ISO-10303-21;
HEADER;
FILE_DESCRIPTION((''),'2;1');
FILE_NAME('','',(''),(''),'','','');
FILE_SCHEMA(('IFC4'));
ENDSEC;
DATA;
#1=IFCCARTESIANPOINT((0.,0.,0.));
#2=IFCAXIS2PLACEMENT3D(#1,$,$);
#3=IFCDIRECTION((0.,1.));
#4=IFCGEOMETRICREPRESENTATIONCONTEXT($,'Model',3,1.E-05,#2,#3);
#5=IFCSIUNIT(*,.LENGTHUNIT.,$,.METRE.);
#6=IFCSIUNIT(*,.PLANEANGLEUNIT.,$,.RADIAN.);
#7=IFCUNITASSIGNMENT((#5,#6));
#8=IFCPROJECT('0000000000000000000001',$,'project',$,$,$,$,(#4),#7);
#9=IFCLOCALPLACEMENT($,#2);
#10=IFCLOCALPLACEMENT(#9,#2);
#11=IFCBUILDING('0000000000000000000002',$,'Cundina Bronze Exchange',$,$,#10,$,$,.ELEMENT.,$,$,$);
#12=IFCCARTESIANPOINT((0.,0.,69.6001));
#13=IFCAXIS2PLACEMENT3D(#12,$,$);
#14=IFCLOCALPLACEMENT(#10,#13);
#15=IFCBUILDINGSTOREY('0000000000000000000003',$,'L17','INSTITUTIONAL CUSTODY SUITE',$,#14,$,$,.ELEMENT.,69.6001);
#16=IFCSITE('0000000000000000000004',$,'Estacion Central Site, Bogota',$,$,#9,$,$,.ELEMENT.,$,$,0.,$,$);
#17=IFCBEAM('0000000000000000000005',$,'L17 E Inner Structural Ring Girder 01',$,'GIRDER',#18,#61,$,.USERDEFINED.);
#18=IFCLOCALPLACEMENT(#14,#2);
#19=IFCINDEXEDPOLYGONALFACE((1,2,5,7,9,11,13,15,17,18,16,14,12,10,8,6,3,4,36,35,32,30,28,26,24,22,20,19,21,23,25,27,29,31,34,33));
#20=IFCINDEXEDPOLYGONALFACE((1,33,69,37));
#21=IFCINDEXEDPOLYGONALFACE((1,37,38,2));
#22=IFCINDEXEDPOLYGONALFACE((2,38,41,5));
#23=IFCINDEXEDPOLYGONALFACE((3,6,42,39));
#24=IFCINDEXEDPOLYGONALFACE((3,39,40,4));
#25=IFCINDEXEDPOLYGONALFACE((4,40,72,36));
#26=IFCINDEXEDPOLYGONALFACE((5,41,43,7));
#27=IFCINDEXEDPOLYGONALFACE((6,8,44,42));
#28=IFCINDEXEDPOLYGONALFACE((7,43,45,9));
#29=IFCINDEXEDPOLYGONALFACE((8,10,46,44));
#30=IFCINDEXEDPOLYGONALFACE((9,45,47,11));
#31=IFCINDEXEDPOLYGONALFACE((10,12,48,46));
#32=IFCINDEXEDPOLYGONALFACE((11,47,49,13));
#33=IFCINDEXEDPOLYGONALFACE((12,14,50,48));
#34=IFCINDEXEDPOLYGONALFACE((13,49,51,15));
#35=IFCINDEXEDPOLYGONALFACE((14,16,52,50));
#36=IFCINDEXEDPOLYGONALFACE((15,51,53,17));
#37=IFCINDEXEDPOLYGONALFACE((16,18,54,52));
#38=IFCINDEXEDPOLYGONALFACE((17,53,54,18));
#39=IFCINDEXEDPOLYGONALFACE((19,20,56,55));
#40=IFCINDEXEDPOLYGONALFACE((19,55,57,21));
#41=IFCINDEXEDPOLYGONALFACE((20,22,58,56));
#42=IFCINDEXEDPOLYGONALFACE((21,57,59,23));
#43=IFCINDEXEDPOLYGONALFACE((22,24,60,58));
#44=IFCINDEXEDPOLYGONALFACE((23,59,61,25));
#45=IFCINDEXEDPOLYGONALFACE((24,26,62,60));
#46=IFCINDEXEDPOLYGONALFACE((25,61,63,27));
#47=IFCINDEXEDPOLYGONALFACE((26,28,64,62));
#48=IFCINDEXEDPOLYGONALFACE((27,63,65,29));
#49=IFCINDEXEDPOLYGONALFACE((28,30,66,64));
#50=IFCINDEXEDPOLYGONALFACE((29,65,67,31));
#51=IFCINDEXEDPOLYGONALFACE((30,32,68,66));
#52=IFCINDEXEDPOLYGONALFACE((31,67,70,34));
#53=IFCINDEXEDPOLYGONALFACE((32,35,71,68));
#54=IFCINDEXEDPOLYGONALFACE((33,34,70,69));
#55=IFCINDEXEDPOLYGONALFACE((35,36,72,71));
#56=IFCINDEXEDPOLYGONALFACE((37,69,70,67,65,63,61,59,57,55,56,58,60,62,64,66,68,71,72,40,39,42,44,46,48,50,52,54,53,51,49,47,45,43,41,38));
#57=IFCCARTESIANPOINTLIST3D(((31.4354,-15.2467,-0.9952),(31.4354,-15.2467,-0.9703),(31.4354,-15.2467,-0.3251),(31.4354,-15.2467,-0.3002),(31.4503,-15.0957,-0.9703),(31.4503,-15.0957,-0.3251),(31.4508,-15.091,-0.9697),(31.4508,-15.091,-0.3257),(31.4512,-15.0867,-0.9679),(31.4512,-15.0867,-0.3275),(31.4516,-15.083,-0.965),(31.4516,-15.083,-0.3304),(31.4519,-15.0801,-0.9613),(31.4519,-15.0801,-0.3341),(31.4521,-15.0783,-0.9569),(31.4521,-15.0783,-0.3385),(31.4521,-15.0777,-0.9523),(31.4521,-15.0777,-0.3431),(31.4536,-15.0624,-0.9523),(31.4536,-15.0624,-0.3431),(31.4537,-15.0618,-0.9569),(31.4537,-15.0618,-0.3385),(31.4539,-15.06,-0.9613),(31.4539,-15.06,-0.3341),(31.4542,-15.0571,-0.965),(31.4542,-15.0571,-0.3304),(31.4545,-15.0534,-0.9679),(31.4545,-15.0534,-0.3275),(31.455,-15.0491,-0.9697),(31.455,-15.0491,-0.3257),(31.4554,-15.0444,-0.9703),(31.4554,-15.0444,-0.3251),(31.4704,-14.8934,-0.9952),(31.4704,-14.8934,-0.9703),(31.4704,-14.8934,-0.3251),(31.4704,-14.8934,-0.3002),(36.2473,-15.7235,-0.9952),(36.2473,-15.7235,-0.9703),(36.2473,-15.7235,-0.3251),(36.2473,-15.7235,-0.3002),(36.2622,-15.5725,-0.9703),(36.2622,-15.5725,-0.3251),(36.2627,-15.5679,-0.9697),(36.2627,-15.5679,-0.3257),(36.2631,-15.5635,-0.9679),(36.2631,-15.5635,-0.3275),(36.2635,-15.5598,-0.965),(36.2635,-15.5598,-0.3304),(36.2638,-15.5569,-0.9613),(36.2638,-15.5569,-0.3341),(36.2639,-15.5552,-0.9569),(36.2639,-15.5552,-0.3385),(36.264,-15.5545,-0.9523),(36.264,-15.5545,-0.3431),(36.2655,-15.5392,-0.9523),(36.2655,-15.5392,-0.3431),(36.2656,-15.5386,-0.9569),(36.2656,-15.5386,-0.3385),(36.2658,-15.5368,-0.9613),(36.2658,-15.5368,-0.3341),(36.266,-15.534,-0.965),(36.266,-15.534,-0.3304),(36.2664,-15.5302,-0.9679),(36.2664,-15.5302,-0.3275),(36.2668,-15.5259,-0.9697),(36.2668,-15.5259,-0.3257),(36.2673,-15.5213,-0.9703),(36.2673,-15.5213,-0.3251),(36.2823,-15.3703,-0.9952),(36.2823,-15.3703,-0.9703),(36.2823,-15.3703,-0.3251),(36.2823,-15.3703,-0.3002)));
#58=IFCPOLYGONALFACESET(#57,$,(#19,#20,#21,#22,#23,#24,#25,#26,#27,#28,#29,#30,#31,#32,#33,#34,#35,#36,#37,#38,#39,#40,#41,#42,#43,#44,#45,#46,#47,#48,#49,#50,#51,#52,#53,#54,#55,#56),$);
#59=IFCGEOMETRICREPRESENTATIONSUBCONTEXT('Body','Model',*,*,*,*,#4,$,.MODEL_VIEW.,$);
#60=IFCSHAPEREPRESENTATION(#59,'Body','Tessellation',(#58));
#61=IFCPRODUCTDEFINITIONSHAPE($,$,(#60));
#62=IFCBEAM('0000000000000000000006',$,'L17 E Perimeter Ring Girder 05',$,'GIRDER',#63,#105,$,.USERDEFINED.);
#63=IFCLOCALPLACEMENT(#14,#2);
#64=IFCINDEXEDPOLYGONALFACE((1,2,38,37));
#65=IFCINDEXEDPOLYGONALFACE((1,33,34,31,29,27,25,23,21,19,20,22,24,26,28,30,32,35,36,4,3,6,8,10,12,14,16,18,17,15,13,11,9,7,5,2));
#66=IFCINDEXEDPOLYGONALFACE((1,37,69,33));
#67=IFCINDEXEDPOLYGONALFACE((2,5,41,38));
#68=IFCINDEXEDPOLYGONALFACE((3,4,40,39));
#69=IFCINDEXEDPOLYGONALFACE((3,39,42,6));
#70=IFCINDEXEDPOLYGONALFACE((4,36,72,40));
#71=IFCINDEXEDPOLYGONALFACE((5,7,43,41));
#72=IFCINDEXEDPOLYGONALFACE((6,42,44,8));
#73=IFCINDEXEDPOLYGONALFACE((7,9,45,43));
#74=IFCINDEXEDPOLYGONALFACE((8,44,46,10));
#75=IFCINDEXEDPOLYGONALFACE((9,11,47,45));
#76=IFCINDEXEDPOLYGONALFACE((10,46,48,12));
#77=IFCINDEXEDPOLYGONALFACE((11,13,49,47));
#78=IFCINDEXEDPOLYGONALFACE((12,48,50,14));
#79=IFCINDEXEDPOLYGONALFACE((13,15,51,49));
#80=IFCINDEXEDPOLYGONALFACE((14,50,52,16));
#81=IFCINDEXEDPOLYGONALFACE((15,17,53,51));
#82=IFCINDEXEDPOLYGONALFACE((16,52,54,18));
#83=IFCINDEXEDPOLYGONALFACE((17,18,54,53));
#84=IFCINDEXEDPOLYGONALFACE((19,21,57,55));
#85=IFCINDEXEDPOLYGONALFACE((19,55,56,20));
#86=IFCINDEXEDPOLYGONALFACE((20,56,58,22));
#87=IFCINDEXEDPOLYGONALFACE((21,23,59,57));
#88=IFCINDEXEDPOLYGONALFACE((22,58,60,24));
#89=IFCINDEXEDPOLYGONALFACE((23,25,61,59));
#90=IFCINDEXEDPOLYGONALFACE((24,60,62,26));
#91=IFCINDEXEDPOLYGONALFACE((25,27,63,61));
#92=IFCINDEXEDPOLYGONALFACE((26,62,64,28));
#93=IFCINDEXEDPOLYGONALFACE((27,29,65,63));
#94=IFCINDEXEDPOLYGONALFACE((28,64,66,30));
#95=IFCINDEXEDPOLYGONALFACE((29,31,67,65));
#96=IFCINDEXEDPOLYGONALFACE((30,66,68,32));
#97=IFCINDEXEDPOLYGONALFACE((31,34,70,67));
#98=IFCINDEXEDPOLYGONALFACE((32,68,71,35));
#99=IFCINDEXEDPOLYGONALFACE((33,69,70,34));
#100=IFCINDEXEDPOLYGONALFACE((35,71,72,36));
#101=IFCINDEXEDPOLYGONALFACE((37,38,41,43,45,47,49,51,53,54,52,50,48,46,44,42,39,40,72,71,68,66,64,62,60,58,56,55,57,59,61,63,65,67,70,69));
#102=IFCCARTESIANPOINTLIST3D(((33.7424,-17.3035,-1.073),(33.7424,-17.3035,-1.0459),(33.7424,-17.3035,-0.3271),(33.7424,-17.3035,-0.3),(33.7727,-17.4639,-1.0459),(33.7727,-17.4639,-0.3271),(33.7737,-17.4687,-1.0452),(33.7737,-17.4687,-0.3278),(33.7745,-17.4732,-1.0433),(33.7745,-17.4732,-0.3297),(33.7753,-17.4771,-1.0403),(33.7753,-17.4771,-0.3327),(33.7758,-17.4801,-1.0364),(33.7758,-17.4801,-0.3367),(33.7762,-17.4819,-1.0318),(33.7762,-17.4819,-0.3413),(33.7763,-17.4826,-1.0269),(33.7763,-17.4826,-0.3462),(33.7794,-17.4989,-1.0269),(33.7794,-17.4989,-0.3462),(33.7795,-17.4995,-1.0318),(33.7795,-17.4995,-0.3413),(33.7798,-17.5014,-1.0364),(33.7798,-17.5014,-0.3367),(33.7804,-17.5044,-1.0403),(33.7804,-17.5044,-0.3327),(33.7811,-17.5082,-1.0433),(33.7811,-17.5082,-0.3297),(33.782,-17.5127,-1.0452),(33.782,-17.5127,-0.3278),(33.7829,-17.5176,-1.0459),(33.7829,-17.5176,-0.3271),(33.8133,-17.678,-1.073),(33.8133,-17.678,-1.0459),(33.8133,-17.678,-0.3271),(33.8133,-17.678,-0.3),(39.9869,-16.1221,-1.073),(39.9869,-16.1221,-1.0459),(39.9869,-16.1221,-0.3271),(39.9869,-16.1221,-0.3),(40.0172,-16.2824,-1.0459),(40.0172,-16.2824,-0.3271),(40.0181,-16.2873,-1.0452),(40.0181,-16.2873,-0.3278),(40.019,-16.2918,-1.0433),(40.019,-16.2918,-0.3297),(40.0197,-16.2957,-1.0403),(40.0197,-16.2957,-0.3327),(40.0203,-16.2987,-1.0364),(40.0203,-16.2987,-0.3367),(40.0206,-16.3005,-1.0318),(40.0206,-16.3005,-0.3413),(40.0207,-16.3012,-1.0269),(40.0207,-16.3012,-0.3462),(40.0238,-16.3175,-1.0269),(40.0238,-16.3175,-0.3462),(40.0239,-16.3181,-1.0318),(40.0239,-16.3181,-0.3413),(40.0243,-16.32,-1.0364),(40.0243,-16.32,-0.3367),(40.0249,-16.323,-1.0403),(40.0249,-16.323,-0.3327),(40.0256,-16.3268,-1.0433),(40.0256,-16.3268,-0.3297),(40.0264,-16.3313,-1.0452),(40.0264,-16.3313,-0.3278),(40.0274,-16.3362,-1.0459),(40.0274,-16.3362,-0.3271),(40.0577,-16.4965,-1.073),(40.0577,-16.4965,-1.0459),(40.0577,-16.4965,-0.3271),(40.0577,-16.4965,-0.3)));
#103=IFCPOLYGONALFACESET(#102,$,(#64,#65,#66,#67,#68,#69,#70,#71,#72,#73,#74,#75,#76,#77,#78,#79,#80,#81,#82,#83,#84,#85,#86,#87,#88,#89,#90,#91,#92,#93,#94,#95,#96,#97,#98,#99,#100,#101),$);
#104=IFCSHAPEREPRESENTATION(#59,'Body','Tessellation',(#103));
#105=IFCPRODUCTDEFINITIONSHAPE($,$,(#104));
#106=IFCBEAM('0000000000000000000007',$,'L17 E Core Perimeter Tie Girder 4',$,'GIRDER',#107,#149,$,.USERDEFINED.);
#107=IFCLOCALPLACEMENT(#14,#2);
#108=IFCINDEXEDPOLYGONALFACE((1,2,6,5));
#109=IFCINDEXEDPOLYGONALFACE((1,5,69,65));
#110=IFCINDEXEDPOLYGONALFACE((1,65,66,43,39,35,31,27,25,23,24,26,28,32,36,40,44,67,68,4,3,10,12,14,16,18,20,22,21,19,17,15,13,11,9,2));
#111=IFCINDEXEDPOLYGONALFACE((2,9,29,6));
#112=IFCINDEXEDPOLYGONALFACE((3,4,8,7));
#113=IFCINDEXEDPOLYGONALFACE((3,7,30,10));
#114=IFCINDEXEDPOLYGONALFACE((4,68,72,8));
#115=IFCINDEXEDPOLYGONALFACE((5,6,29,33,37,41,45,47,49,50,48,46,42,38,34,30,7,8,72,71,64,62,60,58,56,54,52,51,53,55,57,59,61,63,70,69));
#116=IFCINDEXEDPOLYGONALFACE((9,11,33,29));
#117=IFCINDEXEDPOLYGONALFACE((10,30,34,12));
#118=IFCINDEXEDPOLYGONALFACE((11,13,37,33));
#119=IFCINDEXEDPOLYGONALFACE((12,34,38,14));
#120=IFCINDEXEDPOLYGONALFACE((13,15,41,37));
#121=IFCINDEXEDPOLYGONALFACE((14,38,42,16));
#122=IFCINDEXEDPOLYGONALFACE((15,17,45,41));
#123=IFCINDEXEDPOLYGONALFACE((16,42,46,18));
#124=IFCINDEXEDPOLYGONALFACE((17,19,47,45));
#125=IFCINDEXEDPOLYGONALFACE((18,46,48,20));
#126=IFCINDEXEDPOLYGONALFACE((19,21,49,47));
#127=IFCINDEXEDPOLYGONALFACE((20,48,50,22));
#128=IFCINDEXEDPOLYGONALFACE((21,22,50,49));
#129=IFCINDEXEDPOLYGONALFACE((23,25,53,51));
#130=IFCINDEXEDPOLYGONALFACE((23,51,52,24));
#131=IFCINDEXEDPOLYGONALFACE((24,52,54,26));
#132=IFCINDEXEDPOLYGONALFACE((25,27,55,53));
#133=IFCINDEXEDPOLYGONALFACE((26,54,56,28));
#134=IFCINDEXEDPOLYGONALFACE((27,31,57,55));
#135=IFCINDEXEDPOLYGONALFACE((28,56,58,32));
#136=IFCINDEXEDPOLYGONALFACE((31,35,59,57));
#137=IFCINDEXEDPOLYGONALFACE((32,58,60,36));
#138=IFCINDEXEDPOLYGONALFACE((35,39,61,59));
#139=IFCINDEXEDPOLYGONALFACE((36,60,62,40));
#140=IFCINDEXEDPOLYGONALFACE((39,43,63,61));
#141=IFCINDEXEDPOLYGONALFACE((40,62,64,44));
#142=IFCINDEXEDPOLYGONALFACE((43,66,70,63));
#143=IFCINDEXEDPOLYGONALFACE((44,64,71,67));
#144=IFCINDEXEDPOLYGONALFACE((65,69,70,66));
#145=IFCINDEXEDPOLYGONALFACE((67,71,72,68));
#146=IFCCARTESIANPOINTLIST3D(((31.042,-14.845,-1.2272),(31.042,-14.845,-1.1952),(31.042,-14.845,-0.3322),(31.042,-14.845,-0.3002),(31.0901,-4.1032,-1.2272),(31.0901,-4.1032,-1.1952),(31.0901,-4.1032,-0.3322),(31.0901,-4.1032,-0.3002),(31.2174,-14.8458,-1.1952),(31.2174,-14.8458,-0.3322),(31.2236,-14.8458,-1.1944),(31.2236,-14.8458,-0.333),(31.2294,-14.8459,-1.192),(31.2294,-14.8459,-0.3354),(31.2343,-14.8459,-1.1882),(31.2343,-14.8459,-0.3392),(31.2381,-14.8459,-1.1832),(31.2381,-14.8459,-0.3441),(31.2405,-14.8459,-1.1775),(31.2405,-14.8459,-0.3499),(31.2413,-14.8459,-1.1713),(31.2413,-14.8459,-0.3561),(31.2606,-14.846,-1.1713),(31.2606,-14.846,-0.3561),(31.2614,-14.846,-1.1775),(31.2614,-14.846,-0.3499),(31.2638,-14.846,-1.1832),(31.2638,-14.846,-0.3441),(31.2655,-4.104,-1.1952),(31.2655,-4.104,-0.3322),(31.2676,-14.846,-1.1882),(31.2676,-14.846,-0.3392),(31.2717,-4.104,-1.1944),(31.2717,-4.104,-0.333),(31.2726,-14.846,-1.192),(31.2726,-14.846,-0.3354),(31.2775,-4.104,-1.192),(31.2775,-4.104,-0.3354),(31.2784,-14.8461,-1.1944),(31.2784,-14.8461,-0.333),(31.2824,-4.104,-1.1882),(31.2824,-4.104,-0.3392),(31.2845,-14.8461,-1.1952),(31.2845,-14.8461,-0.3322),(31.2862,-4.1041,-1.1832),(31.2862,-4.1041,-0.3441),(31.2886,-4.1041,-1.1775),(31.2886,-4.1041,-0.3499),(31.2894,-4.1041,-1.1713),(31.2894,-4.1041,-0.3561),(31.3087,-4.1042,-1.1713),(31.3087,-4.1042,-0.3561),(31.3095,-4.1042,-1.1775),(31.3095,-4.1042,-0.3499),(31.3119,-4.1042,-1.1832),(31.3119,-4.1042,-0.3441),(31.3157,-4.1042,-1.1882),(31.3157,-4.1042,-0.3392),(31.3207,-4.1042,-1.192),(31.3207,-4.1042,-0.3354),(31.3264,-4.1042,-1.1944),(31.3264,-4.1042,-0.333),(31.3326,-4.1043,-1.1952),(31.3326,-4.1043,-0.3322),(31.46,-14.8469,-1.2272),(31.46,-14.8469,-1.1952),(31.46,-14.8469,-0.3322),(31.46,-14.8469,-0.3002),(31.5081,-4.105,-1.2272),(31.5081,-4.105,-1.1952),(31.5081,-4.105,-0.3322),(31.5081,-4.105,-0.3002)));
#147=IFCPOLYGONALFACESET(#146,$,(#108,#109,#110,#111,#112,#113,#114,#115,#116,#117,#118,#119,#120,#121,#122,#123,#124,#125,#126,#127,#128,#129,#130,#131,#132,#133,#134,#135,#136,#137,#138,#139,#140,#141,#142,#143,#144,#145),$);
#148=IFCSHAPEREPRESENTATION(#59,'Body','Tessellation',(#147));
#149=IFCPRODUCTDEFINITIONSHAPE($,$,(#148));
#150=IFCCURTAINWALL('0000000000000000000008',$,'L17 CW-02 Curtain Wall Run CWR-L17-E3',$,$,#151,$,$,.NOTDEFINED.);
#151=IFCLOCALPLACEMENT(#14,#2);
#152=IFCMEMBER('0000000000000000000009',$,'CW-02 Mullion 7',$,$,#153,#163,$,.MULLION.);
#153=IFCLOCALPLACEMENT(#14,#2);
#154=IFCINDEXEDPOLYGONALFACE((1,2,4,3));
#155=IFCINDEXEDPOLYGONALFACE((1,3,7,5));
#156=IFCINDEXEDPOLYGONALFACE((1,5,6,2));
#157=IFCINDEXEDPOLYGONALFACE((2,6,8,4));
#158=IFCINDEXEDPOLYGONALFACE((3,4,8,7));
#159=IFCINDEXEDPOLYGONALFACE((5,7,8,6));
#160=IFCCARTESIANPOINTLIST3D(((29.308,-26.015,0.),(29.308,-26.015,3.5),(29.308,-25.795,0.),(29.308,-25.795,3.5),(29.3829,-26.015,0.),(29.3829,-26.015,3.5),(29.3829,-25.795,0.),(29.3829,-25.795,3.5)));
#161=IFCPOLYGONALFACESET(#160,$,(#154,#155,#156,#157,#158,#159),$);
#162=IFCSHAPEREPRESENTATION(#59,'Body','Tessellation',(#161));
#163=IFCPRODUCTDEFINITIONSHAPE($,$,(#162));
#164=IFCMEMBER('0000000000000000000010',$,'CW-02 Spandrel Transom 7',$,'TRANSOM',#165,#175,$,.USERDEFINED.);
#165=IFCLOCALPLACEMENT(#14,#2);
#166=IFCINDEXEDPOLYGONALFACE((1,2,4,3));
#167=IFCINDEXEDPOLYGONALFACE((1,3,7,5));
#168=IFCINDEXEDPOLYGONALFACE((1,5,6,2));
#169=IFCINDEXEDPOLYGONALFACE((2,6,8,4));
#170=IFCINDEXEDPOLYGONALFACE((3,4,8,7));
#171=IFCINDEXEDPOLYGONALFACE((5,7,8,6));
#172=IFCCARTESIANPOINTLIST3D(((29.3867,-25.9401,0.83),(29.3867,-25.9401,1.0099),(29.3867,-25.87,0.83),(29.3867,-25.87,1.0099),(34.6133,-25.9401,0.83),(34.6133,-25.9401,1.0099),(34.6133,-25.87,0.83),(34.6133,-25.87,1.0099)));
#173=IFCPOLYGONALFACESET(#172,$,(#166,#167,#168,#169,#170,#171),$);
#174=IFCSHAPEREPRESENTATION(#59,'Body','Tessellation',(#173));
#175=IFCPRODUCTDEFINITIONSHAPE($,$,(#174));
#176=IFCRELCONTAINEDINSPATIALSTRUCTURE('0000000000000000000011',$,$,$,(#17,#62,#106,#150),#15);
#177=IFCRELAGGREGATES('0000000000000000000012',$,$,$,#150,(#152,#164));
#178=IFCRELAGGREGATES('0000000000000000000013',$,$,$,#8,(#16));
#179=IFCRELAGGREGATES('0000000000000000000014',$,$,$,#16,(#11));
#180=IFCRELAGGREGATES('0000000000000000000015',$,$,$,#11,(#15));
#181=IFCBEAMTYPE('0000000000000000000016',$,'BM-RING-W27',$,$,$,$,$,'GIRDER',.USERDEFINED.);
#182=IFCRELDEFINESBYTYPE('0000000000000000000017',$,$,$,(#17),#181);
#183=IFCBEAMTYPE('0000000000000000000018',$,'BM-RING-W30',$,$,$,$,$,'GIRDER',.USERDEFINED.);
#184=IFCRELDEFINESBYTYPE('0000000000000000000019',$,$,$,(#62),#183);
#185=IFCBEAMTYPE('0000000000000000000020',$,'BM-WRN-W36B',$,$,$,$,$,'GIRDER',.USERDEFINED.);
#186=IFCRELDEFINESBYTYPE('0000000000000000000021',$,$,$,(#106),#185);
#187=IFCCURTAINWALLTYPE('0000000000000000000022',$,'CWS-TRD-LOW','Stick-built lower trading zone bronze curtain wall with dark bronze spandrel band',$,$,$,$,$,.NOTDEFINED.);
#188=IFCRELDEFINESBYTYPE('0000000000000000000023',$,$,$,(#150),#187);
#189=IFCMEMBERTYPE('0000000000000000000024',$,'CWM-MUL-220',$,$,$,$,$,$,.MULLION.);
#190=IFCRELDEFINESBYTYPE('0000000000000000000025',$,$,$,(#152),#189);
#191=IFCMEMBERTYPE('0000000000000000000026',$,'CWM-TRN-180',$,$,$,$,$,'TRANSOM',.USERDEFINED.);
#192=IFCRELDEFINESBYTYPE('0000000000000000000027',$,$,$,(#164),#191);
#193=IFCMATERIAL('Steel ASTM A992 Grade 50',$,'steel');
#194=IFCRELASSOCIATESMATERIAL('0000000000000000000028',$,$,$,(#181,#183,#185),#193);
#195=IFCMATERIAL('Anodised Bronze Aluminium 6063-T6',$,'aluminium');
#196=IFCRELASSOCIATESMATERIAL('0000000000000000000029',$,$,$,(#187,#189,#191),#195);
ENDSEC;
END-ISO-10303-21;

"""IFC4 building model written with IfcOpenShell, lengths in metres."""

from ifc_helpers import new_model, si_unit, direction, frame, origin, origin_2d, place, context, subcontext, project, spatial, rectangle, i_section, extrude, material, material_profile, profile_set, type_object, element, aggregate, save


model = new_model("IFC4")

# Units and contexts
model_context = context("Model", 3, precision=1e-05, world=origin(), true_north=direction((0.0, 1.0)))
body_context = subcontext(model_context, "Body", "Model", "MODEL_VIEW")
ifc_project = project(units=[si_unit("LENGTHUNIT", "METRE"), si_unit("PLANEANGLEUNIT", "RADIAN")], contexts=[model_context])

# Site, building, storey
site_placement = place(None, origin())
site = spatial("IfcSite", under=ifc_project, at=site_placement, Name="Estacion Central Site, Bogota", CompositionType="ELEMENT", RefElevation=0.0)
building_placement = place(site_placement, origin())
building = spatial("IfcBuilding", under=site, at=building_placement, Name="Cundina Bronze Exchange", CompositionType="ELEMENT")
storey_placement = place(building_placement, frame((0.0, 0.0, 69.6001)))
storey = spatial("IfcBuildingStorey", under=building, at=storey_placement, Name="L17", Description="INSTITUTIONAL CUSTODY SUITE", CompositionType="ELEMENT", Elevation=69.6001)

# Shared definitions
ifc_material_1 = material(Name="Steel ASTM A992 Grade 50", Category="steel")

# Beams
ifc_material_profile_1 = material_profile(ifc_material_1, i_section(OverallWidth=0.355, OverallDepth=0.6951, WebThickness=0.0154, FlangeThickness=0.0249, FilletRadius=0.0181, at=origin_2d()), Name="W27X146", Category="steel")
ifc_profile_set_1 = profile_set([ifc_material_profile_1], Name="Steel ASTM A992 Grade 50")
beam_type_1 = type_object("IfcBeamType", Name="BM-RING-W27", ElementType="GIRDER", PredefinedType="USERDEFINED", material=ifc_profile_set_1)
beam_1_placement = place(storey_placement, frame((31.4529, -15.0701, -0.6477), z_axis=(0.995126, -0.098609, 0.0), x_axis=(0.098609, 0.995126, 0.0)))
element("IfcBeam", 1, at=beam_1_placement, inside=storey, type_object=beam_type_1, Name="L17 E Inner Structural Ring Girder 01", ObjectType="GIRDER", PredefinedType="USERDEFINED", context=body_context, shape_type="SweptSolid", body=[
    extrude(i_section(OverallWidth=0.355, OverallDepth=0.6951, WebThickness=0.0154, FlangeThickness=0.0249, FilletRadius=0.0181, at=origin_2d()), origin(), (0.0, 0.0, 1.0), 4.8354),
])
ifc_material_profile_2 = material_profile(ifc_material_1, i_section(OverallWidth=0.3811, OverallDepth=0.7729, WebThickness=0.0166, FlangeThickness=0.0271, FilletRadius=0.019, at=origin_2d()), Name="W30X173", Category="steel")
ifc_profile_set_2 = profile_set([ifc_material_profile_2], Name="Steel ASTM A992 Grade 50")
beam_type_2 = type_object("IfcBeamType", Name="BM-RING-W30", ElementType="GIRDER", PredefinedType="USERDEFINED", material=ifc_profile_set_2)
beam_2_placement = place(storey_placement, frame((33.7778, -17.4907, -0.6865), z_axis=(0.982569, 0.185896, 0.0), x_axis=(-0.185896, 0.982569, 0.0)))
element("IfcBeam", 2, at=beam_2_placement, inside=storey, type_object=beam_type_2, Name="L17 E Perimeter Ring Girder 05", ObjectType="GIRDER", PredefinedType="USERDEFINED", context=body_context, shape_type="SweptSolid", body=[
    extrude(i_section(OverallWidth=0.3811, OverallDepth=0.7729, WebThickness=0.0166, FlangeThickness=0.0271, FilletRadius=0.019, at=origin_2d()), origin(), (0.0, 0.0, 1.0), 6.3552),
])
ifc_material_profile_3 = material_profile(ifc_material_1, i_section(OverallWidth=0.418, OverallDepth=0.927, WebThickness=0.0193, FlangeThickness=0.032, FilletRadius=0.0239, at=origin_2d()), Name="W36X231", Category="steel")
ifc_profile_set_3 = profile_set([ifc_material_profile_3], Name="Steel ASTM A992 Grade 50")
beam_type_3 = type_object("IfcBeamType", Name="BM-WRN-W36B", ElementType="GIRDER", PredefinedType="USERDEFINED", material=ifc_profile_set_3)
beam_3_placement = place(storey_placement, frame((31.251, -14.8459, -0.7637), z_axis=(0.004477, 0.99999, 0.0), x_axis=(-0.99999, 0.004477, 0.0)))
element("IfcBeam", 3, at=beam_3_placement, inside=storey, type_object=beam_type_3, Name="L17 E Core Perimeter Tie Girder 4", ObjectType="GIRDER", PredefinedType="USERDEFINED", context=body_context, shape_type="SweptSolid", body=[
    extrude(i_section(OverallWidth=0.418, OverallDepth=0.927, WebThickness=0.0193, FlangeThickness=0.032, FilletRadius=0.0239, at=origin_2d()), origin(), (0.0, 0.0, 1.0), 10.7419),
])

# Curtain wall, members
ifc_material_2 = material(Name="Anodised Bronze Aluminium 6063-T6", Category="aluminium")
curtain_wall_type = type_object("IfcCurtainWallType", Name="CWS-TRD-LOW", Description="Stick-built lower trading zone bronze curtain wall with dark bronze spandrel band", PredefinedType="NOTDEFINED", material=ifc_material_2)
curtain_wall_placement = place(storey_placement, origin())
curtain_wall = element("IfcCurtainWall", 4, at=curtain_wall_placement, inside=storey, type_object=curtain_wall_type, Name="L17 CW-02 Curtain Wall Run CWR-L17-E3", PredefinedType="NOTDEFINED")
ifc_material_profile_4 = material_profile(ifc_material_2, rectangle(XDim=0.075, YDim=0.22, at=origin_2d()), Name="AL75X220", Category="aluminium")
ifc_profile_set_4 = profile_set([ifc_material_profile_4], Name="Anodised Bronze Aluminium 6063-T6")
member_type_1 = type_object("IfcMemberType", Name="CWM-MUL-220", PredefinedType="MULLION", material=ifc_profile_set_4)
member_1_placement = place(storey_placement, frame((29.3455, -25.905, 0.0), z_axis=(0.0, 0.0, 1.0), x_axis=(1.0, 0.0, 0.0)))
member_1 = element("IfcMember", 5, at=member_1_placement, type_object=member_type_1, Name="CW-02 Mullion 7", PredefinedType="MULLION", context=body_context, shape_type="SweptSolid", body=[
    extrude(rectangle(XDim=0.075, YDim=0.22, at=origin_2d()), origin(), (0.0, 0.0, 1.0), 3.5),
])
ifc_material_profile_5 = material_profile(ifc_material_2, rectangle(XDim=0.0701, YDim=0.1799, at=origin_2d()), Name="AL70X180", Category="aluminium")
ifc_profile_set_5 = profile_set([ifc_material_profile_5], Name="Anodised Bronze Aluminium 6063-T6")
member_type_2 = type_object("IfcMemberType", Name="CWM-TRN-180", ElementType="TRANSOM", PredefinedType="USERDEFINED", material=ifc_profile_set_5)
member_2_placement = place(storey_placement, frame((29.3867, -25.905, 0.9199), z_axis=(1.0, 0.0, 0.0), x_axis=(0.0, 1.0, 0.0)))
member_2 = element("IfcMember", 6, at=member_2_placement, type_object=member_type_2, Name="CW-02 Spandrel Transom 7", ObjectType="TRANSOM", PredefinedType="USERDEFINED", context=body_context, shape_type="SweptSolid", body=[
    extrude(rectangle(XDim=0.0701, YDim=0.1799, at=origin_2d()), origin(), (0.0, 0.0, 1.0), 5.2266),
])
aggregate(curtain_wall, [member_1, member_2])

save(model, "model.ifc")
